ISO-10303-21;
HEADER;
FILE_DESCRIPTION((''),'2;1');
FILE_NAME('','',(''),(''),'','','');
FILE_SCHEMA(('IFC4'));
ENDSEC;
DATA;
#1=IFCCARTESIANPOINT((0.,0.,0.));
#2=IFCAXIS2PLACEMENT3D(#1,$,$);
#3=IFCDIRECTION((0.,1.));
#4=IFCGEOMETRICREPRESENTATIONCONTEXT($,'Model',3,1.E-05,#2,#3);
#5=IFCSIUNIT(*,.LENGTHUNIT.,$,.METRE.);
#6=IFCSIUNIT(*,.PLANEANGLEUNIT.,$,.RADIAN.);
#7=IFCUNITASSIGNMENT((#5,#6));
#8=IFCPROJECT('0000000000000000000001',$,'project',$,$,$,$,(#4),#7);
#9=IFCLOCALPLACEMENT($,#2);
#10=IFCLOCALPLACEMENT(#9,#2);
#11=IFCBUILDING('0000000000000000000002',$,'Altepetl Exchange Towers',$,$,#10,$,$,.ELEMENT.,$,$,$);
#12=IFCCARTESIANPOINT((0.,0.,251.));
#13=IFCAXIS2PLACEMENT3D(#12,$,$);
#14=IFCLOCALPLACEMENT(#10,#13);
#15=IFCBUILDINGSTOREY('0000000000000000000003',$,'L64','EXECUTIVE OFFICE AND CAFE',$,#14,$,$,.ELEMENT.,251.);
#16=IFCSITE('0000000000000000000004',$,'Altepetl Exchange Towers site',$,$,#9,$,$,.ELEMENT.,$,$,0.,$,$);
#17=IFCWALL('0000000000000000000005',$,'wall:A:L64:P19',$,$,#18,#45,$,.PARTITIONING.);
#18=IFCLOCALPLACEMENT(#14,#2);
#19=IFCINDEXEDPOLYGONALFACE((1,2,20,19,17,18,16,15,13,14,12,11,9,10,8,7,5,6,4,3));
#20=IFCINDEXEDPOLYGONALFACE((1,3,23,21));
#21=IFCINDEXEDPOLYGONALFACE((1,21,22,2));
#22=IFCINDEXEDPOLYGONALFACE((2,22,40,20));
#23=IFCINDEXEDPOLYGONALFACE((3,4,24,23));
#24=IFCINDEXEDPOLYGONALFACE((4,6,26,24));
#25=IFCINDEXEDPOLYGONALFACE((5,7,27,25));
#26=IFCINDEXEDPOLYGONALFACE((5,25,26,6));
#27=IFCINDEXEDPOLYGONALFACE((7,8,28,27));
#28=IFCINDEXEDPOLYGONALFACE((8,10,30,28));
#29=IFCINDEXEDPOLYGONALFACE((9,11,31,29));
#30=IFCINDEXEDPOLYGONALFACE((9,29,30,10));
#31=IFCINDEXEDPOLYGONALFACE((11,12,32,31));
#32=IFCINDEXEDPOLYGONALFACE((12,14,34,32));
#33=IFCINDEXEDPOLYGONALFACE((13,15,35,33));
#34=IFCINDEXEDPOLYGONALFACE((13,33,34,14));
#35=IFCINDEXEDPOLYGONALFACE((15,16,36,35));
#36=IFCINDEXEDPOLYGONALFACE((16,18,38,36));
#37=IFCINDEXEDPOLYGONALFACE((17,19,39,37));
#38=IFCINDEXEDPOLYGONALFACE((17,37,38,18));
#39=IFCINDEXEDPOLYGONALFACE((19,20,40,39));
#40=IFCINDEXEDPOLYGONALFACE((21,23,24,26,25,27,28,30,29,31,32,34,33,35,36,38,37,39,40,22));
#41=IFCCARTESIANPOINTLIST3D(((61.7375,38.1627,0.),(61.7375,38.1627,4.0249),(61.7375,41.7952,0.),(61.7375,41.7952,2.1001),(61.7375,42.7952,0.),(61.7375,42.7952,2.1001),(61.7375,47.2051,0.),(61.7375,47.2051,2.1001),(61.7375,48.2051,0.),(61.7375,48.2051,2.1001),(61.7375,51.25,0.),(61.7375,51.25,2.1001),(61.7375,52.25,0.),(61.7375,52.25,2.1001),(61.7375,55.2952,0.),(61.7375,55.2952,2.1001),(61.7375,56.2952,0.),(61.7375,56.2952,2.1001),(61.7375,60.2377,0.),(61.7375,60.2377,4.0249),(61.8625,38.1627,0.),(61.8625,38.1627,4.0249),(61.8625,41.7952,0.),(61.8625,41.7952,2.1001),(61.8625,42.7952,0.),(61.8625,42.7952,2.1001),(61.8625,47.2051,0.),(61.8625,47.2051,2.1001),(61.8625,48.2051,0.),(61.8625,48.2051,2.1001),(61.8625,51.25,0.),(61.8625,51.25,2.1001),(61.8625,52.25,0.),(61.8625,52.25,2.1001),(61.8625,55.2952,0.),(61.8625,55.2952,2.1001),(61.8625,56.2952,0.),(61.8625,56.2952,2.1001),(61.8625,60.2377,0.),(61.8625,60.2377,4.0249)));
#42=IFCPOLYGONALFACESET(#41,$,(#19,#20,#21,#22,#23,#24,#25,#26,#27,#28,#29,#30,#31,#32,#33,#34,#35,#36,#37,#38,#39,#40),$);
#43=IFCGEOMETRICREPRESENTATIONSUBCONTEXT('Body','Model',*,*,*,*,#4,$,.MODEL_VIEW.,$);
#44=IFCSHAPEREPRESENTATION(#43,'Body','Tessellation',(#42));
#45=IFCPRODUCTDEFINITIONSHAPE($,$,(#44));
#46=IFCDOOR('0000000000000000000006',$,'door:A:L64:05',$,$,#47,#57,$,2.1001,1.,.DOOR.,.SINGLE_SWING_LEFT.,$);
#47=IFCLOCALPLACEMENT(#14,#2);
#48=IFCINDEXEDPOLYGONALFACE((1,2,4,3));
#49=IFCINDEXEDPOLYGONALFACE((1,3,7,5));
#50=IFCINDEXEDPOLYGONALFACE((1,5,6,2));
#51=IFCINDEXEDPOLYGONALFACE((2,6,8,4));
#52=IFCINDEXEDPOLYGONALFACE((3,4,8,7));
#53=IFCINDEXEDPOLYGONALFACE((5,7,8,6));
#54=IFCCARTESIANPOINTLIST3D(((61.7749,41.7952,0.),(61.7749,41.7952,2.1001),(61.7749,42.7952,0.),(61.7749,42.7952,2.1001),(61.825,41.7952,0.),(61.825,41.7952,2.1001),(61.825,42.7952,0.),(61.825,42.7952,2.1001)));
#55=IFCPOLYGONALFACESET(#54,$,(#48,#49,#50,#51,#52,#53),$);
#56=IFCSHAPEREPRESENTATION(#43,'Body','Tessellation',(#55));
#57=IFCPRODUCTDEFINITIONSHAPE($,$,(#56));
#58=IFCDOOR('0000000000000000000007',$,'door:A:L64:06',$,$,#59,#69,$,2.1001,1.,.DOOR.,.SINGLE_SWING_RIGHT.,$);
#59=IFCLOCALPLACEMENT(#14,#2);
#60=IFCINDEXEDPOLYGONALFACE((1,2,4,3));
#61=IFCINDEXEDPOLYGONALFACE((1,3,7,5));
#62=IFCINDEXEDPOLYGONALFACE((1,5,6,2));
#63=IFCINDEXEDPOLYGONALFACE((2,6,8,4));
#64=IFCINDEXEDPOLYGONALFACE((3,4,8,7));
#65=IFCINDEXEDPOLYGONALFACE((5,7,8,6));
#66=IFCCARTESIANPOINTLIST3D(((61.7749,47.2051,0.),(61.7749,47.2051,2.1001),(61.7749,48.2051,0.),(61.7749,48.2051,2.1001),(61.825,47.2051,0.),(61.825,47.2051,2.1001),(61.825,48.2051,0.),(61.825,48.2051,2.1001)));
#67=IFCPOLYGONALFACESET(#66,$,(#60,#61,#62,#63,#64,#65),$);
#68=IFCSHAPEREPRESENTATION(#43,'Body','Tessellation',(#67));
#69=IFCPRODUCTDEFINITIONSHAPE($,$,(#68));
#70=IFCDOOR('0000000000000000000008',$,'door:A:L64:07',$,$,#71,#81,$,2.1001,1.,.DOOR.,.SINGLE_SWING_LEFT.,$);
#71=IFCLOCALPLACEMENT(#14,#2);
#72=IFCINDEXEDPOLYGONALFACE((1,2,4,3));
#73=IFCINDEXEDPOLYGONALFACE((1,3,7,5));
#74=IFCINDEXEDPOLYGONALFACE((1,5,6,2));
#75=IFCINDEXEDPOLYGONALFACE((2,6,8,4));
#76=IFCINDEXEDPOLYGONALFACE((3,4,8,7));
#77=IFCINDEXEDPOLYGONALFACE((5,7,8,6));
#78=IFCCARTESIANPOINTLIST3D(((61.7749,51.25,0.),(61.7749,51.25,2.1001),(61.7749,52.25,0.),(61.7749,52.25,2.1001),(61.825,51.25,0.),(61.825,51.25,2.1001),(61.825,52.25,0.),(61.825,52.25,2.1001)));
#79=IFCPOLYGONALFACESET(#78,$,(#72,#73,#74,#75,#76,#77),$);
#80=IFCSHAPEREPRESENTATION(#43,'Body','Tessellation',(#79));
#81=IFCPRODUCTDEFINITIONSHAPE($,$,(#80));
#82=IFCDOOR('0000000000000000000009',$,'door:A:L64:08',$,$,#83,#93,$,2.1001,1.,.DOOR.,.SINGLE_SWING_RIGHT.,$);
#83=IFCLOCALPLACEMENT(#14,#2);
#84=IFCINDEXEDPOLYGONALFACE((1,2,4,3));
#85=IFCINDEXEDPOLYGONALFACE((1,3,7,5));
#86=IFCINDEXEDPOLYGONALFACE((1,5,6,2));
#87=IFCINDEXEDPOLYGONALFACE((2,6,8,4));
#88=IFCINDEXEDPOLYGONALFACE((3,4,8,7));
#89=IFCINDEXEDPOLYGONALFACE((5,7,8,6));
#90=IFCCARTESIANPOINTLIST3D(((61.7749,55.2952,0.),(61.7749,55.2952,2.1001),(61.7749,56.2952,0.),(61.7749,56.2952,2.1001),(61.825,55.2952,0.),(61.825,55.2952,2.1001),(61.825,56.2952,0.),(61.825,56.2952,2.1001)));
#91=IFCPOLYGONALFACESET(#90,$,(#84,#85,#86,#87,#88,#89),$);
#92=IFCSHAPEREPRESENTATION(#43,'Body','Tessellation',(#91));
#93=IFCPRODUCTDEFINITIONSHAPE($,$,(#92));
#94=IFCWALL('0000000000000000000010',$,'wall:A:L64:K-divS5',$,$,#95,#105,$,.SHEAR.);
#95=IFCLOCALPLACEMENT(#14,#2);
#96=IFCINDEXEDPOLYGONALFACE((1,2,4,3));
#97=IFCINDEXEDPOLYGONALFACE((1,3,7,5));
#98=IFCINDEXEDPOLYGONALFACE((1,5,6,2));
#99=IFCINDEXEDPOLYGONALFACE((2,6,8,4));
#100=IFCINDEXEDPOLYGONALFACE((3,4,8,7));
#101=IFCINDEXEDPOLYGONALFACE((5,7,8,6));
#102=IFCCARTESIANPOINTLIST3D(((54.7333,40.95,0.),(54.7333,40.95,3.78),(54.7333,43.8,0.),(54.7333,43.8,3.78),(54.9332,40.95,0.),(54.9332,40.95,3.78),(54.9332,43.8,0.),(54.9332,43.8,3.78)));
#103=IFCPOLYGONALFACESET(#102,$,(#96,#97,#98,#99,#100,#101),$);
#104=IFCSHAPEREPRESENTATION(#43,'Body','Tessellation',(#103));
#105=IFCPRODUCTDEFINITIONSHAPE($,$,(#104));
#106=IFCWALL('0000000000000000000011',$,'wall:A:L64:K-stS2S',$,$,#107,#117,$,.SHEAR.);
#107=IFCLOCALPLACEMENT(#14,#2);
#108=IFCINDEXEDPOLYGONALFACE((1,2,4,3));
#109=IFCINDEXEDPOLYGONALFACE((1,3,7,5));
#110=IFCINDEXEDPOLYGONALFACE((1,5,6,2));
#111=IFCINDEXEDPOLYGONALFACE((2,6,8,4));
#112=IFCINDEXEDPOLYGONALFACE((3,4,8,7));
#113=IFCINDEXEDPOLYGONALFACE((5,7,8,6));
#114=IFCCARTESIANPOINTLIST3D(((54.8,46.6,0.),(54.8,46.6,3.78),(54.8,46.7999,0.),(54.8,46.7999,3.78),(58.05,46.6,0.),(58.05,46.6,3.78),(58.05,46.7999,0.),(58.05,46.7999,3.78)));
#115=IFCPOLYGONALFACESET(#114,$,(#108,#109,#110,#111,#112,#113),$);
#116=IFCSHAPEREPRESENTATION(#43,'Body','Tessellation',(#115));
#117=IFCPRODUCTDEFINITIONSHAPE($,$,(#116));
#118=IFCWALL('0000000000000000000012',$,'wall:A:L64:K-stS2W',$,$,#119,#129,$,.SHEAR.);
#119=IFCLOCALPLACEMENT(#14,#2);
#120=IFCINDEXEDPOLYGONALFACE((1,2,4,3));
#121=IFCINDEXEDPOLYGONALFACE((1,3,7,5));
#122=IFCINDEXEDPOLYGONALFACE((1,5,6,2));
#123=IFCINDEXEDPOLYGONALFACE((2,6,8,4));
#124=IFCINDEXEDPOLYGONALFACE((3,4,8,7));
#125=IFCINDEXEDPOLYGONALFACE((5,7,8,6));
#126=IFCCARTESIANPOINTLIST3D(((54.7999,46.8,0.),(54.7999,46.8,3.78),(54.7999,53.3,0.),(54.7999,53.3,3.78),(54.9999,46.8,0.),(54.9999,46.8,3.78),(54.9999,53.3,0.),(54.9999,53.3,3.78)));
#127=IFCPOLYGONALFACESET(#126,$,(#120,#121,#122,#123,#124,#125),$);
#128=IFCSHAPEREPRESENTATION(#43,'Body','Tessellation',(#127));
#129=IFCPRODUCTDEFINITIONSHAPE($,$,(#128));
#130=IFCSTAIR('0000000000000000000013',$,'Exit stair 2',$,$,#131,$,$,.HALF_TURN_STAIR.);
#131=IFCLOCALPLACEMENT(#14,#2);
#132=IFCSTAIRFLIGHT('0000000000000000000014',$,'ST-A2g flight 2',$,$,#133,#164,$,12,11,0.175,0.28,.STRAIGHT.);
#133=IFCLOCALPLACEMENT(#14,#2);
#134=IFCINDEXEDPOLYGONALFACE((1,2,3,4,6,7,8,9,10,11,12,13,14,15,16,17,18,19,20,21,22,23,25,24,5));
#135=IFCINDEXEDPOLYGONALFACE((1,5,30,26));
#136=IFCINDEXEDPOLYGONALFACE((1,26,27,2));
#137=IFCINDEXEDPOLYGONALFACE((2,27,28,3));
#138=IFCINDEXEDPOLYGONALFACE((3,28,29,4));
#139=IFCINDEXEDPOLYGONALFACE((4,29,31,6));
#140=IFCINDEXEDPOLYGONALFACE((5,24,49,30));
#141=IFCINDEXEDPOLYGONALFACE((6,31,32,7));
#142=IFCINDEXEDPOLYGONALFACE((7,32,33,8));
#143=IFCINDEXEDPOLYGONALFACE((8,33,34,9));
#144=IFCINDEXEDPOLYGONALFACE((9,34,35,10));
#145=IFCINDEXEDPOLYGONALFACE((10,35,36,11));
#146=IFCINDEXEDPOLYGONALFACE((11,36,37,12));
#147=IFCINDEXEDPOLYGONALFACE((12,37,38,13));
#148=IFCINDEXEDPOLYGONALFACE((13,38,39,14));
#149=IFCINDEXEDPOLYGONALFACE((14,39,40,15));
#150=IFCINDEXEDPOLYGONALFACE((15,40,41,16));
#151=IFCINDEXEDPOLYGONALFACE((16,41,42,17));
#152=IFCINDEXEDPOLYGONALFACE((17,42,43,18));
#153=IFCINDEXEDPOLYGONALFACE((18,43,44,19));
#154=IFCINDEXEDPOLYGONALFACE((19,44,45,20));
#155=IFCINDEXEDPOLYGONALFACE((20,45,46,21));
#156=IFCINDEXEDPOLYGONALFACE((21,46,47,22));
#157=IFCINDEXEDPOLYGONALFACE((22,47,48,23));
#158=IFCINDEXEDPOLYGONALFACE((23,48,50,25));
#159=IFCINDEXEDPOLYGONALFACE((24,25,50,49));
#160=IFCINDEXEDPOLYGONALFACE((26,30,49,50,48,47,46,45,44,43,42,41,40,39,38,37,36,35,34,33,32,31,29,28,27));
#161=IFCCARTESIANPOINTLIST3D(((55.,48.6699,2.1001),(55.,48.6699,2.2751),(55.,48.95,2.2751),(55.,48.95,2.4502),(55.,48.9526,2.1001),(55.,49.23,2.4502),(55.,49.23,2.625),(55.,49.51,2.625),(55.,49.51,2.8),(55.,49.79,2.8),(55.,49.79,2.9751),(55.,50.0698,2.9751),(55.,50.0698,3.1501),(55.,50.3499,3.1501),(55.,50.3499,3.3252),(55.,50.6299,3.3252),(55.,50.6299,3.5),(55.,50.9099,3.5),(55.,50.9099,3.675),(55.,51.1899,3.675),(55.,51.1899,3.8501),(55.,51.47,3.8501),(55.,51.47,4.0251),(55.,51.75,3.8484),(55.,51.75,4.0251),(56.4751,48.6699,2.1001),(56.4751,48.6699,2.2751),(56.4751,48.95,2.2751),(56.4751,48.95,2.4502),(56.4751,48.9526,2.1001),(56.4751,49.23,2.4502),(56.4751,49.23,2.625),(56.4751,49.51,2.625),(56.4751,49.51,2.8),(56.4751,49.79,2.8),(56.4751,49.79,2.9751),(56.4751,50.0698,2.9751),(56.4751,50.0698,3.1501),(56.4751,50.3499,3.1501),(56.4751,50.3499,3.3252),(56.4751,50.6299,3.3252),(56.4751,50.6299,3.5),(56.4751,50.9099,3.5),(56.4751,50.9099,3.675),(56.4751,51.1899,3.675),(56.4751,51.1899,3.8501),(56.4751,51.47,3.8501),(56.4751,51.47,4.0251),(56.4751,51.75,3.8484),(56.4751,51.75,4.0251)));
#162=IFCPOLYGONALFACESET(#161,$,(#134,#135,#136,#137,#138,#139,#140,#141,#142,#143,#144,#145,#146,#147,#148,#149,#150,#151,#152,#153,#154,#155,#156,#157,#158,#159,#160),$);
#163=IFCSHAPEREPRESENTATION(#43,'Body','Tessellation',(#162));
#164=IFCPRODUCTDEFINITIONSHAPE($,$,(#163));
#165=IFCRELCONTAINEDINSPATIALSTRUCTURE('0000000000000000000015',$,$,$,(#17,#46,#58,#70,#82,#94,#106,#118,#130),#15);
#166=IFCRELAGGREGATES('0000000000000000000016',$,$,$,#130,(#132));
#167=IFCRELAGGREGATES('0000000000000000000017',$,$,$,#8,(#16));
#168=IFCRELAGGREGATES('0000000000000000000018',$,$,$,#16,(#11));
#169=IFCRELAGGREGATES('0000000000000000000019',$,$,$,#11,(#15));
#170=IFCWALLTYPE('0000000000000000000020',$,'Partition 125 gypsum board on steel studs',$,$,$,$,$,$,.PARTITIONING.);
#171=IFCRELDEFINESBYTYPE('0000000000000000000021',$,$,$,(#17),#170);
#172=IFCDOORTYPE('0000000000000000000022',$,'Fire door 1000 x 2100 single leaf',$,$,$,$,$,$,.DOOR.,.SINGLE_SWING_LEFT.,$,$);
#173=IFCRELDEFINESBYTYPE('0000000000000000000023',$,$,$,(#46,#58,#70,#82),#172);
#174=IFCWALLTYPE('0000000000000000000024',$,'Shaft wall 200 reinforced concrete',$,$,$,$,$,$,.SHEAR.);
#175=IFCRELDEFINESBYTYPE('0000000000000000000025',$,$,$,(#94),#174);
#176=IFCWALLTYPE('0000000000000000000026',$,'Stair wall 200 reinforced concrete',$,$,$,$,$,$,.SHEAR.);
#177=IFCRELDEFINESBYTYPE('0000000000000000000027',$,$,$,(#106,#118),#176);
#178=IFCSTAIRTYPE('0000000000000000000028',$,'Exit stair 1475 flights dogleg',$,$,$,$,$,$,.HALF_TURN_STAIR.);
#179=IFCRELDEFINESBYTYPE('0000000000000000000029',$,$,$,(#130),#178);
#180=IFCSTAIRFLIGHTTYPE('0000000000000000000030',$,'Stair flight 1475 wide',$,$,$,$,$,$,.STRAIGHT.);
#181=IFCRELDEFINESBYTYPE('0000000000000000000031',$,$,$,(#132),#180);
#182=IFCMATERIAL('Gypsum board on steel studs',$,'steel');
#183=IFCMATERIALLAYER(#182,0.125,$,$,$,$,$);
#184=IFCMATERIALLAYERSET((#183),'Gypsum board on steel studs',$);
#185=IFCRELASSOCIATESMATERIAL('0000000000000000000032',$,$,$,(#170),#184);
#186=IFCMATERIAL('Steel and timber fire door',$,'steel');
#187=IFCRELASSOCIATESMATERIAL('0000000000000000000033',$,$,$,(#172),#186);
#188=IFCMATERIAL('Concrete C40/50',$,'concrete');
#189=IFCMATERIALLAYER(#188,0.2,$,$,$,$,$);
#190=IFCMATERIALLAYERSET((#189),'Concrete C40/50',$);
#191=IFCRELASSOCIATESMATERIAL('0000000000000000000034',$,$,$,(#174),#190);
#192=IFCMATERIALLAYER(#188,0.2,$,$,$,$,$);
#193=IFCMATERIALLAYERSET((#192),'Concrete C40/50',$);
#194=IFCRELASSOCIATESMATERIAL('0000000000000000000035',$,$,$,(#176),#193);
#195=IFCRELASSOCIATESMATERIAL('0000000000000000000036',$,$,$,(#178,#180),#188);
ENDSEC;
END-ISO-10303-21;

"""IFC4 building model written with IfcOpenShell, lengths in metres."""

from ifc_helpers import new_model, si_unit, direction, frame, frame_2d, origin, place, context, subcontext, project, spatial, polyline, rectangle, outline, extrude, material, layer, layer_set, type_object, element, fill, aggregate, save


model = new_model("IFC4")

# Units and contexts
model_context = context("Model", 3, precision=1e-05, world=origin(), true_north=direction((0.0, 1.0)))
body_context = subcontext(model_context, "Body", "Model", "MODEL_VIEW")
ifc_project = project(units=[si_unit("LENGTHUNIT", "METRE"), si_unit("PLANEANGLEUNIT", "RADIAN")], contexts=[model_context])

# Site, building, storey
site_placement = place(None, origin())
site = spatial("IfcSite", under=ifc_project, at=site_placement, Name="Altepetl Exchange Towers site", CompositionType="ELEMENT", RefElevation=0.0)
building_placement = place(site_placement, origin())
building = spatial("IfcBuilding", under=site, at=building_placement, Name="Altepetl Exchange Towers", CompositionType="ELEMENT")
storey_placement = place(building_placement, frame((0.0, 0.0, 251.0)))
storey = spatial("IfcBuildingStorey", under=building, at=storey_placement, Name="L64", Description="EXECUTIVE OFFICE AND CAFE", CompositionType="ELEMENT", Elevation=251.0)

# Shared definitions
ifc_material_1 = material(Name="Steel and timber fire door", Category="steel")

# Shared definitions
ifc_material_2 = material(Name="Gypsum board on steel studs", Category="steel")
ifc_layer_1 = layer(ifc_material_2, 0.125)
ifc_layer_set_1 = layer_set([ifc_layer_1], Name="Gypsum board on steel studs")
wall_type_1 = type_object("IfcWallType", Name="Partition 125 gypsum board on steel studs", PredefinedType="PARTITIONING", material=ifc_layer_set_1)

# Wall, openings, doors
wall_1_placement = place(storey_placement, frame((61.8, 38.1626, 0.0), z_axis=(0.0, 0.0, 1.0), x_axis=(0.0, 1.0, 0.0)))
wall_1 = element("IfcWall", 1, at=wall_1_placement, inside=storey, type_object=wall_type_1, Name="wall:A:L64:P19", PredefinedType="PARTITIONING", context=body_context, shape_type="SweptSolid", body=[
    extrude(rectangle(XDim=22.075, YDim=0.125, at=frame_2d((11.0376, 0.0))), origin(), (0.0, 0.0, 1.0), 4.0249),
])
opening_1_placement = place(wall_1_placement, frame((3.6326, 0.0, 0.0)))
opening_1 = element("IfcOpeningElement", 2, at=opening_1_placement, cuts=wall_1, PredefinedType="OPENING", context=body_context, shape_type="SweptSolid", body=[
    extrude(rectangle(XDim=1.0, YDim=2.1001, at=frame_2d((0.5, 1.05))), frame((0.0, 0.0725, 0.0), z_axis=(0.0, -1.0, 0.0), x_axis=(1.0, 0.0, 0.0)), (0.0, 0.0, 1.0), 0.145),
])
opening_2_placement = place(wall_1_placement, frame((9.0425, 0.0, 0.0)))
opening_2 = element("IfcOpeningElement", 3, at=opening_2_placement, cuts=wall_1, PredefinedType="OPENING", context=body_context, shape_type="SweptSolid", body=[
    extrude(rectangle(XDim=1.0, YDim=2.1001, at=frame_2d((0.5, 1.05))), frame((0.0, 0.0725, 0.0), z_axis=(0.0, -1.0, 0.0), x_axis=(1.0, 0.0, 0.0)), (0.0, 0.0, 1.0), 0.145),
])
opening_3_placement = place(wall_1_placement, frame((13.0874, 0.0, 0.0)))
opening_3 = element("IfcOpeningElement", 4, at=opening_3_placement, cuts=wall_1, PredefinedType="OPENING", context=body_context, shape_type="SweptSolid", body=[
    extrude(rectangle(XDim=1.0, YDim=2.1001, at=frame_2d((0.5, 1.05))), frame((0.0, 0.0725, 0.0), z_axis=(0.0, -1.0, 0.0), x_axis=(1.0, 0.0, 0.0)), (0.0, 0.0, 1.0), 0.145),
])
opening_4_placement = place(wall_1_placement, frame((17.1326, 0.0, 0.0)))
opening_4 = element("IfcOpeningElement", 5, at=opening_4_placement, cuts=wall_1, PredefinedType="OPENING", context=body_context, shape_type="SweptSolid", body=[
    extrude(rectangle(XDim=1.0, YDim=2.1001, at=frame_2d((0.5, 1.05))), frame((0.0, 0.0725, 0.0), z_axis=(0.0, -1.0, 0.0), x_axis=(1.0, 0.0, 0.0)), (0.0, 0.0, 1.0), 0.145),
])
door_type_1 = type_object("IfcDoorType", Name="Fire door 1000 x 2100 single leaf", OperationType="SINGLE_SWING_LEFT", PredefinedType="DOOR", material=ifc_material_1)
door_1_placement = place(opening_1_placement, frame((1.0, 0.0, 0.0), x_axis=(-1.0, 0.0, 0.0)))
door_1 = element("IfcDoor", 6, at=door_1_placement, inside=storey, type_object=door_type_1, Name="door:A:L64:05", OperationType="SINGLE_SWING_LEFT", OverallHeight=2.1001, OverallWidth=1.0, PredefinedType="DOOR", context=body_context, shape_type="SweptSolid", body=[
    extrude(rectangle(XDim=1.0, YDim=2.1001, at=frame_2d((0.5, 1.05))), frame((0.0, 0.0249, 0.0), z_axis=(0.0, -1.0, 0.0), x_axis=(1.0, 0.0, 0.0)), (0.0, 0.0, 1.0), 0.05),
])
fill(opening_1, door_1)
door_2_placement = place(opening_2_placement, frame((1.0, 0.0, 0.0), x_axis=(-1.0, 0.0, 0.0)))
door_2 = element("IfcDoor", 7, at=door_2_placement, inside=storey, type_object=door_type_1, Name="door:A:L64:06", OperationType="SINGLE_SWING_RIGHT", OverallHeight=2.1001, OverallWidth=1.0, PredefinedType="DOOR", context=body_context, shape_type="SweptSolid", body=[
    extrude(rectangle(XDim=1.0, YDim=2.1001, at=frame_2d((0.5, 1.05))), frame((0.0, 0.0249, 0.0), z_axis=(0.0, -1.0, 0.0), x_axis=(1.0, 0.0, 0.0)), (0.0, 0.0, 1.0), 0.05),
])
fill(opening_2, door_2)
door_3_placement = place(opening_3_placement, frame((1.0, 0.0, 0.0), x_axis=(-1.0, 0.0, 0.0)))
door_3 = element("IfcDoor", 8, at=door_3_placement, inside=storey, type_object=door_type_1, Name="door:A:L64:07", OperationType="SINGLE_SWING_LEFT", OverallHeight=2.1001, OverallWidth=1.0, PredefinedType="DOOR", context=body_context, shape_type="SweptSolid", body=[
    extrude(rectangle(XDim=1.0, YDim=2.1001, at=frame_2d((0.5, 1.05))), frame((0.0, 0.0249, 0.0), z_axis=(0.0, -1.0, 0.0), x_axis=(1.0, 0.0, 0.0)), (0.0, 0.0, 1.0), 0.05),
])
fill(opening_3, door_3)
door_4_placement = place(opening_4_placement, frame((1.0, 0.0, 0.0), x_axis=(-1.0, 0.0, 0.0)))
door_4 = element("IfcDoor", 9, at=door_4_placement, inside=storey, type_object=door_type_1, Name="door:A:L64:08", OperationType="SINGLE_SWING_RIGHT", OverallHeight=2.1001, OverallWidth=1.0, PredefinedType="DOOR", context=body_context, shape_type="SweptSolid", body=[
    extrude(rectangle(XDim=1.0, YDim=2.1001, at=frame_2d((0.5, 1.05))), frame((0.0, 0.0249, 0.0), z_axis=(0.0, -1.0, 0.0), x_axis=(1.0, 0.0, 0.0)), (0.0, 0.0, 1.0), 0.05),
])
fill(opening_4, door_4)

# Walls
ifc_material_3 = material(Name="Concrete C40/50", Category="concrete")
ifc_layer_2 = layer(ifc_material_3, 0.2)
ifc_layer_set_2 = layer_set([ifc_layer_2], Name="Concrete C40/50")
wall_type_2 = type_object("IfcWallType", Name="Shaft wall 200 reinforced concrete", PredefinedType="SHEAR", material=ifc_layer_set_2)
wall_2_placement = place(storey_placement, frame((54.8333, 40.95, 0.0), z_axis=(0.0, 0.0, 1.0), x_axis=(0.0, 1.0, 0.0)))
element("IfcWall", 10, at=wall_2_placement, inside=storey, type_object=wall_type_2, Name="wall:A:L64:K-divS5", PredefinedType="SHEAR", context=body_context, shape_type="SweptSolid", body=[
    extrude(rectangle(XDim=2.8501, YDim=0.2, at=frame_2d((1.425, 0.0))), origin(), (0.0, 0.0, 1.0), 3.78),
])
ifc_layer_3 = layer(ifc_material_3, 0.2)
ifc_layer_set_3 = layer_set([ifc_layer_3], Name="Concrete C40/50")
wall_type_3 = type_object("IfcWallType", Name="Stair wall 200 reinforced concrete", PredefinedType="SHEAR", material=ifc_layer_set_3)
wall_3_placement = place(storey_placement, frame((54.8, 46.7, 0.0)))
element("IfcWall", 11, at=wall_3_placement, inside=storey, type_object=wall_type_3, Name="wall:A:L64:K-stS2S", PredefinedType="SHEAR", context=body_context, shape_type="SweptSolid", body=[
    extrude(rectangle(XDim=3.25, YDim=0.2, at=frame_2d((1.625, 0.0))), origin(), (0.0, 0.0, 1.0), 3.78),
])
wall_4_placement = place(storey_placement, frame((54.8999, 46.8, 0.0), z_axis=(0.0, 0.0, 1.0), x_axis=(0.0, 1.0, 0.0)))
element("IfcWall", 12, at=wall_4_placement, inside=storey, type_object=wall_type_3, Name="wall:A:L64:K-stS2W", PredefinedType="SHEAR", context=body_context, shape_type="SweptSolid", body=[
    extrude(rectangle(XDim=6.5, YDim=0.2, at=frame_2d((3.25, 0.0))), origin(), (0.0, 0.0, 1.0), 3.78),
])

# Stair, stair flight
stair_type = type_object("IfcStairType", Name="Exit stair 1475 flights dogleg", PredefinedType="HALF_TURN_STAIR", material=ifc_material_3)
stair_placement = place(storey_placement, origin())
stair = element("IfcStair", 13, at=stair_placement, inside=storey, type_object=stair_type, Name="Exit stair 2", PredefinedType="HALF_TURN_STAIR")
stair_flight_type = type_object("IfcStairFlightType", Name="Stair flight 1475 wide", PredefinedType="STRAIGHT", material=ifc_material_3)
stair_flight_placement = place(storey_placement, frame((55.7375, 48.6699, 2.1001), z_axis=(0.0, 0.0, 1.0), x_axis=(0.0, 1.0, 0.0)))
stair_flight = element("IfcStairFlight", 14, at=stair_flight_placement, type_object=stair_flight_type, Name="ST-A2g flight 2", NumberOfRisers=12, NumberOfTreads=11, PredefinedType="STRAIGHT", RiserHeight=0.175, TreadLength=0.28, context=body_context, shape_type="SweptSolid", body=[
    extrude(outline(polyline([(0.0, 0.0), (0.0, 0.175), (0.28, 0.175), (0.28, 0.3501), (0.5601, 0.3501), (0.5601, 0.5249), (0.8401, 0.5249), (0.8401, 0.7), (1.1201, 0.7), (1.1201, 0.875), (1.3999, 0.875), (1.3999, 1.05), (1.6799, 1.05), (1.6799, 1.2251), (1.96, 1.2251), (1.96, 1.3999), (2.24, 1.3999), (2.24, 1.575), (2.52, 1.575), (2.52, 1.75), (2.8, 1.75), (2.8, 1.925), (3.0801, 1.925), (3.0801, 2.1001), (3.0801, 1.7483), (0.2827, 0.0), (0.0, 0.0)])), frame((0.0, 0.7375, 0.0), z_axis=(0.0, -1.0, 0.0), x_axis=(1.0, 0.0, 0.0)), (0.0, 0.0, 1.0), 1.4751),
])
aggregate(stair, [stair_flight])

save(model, "model.ifc")
